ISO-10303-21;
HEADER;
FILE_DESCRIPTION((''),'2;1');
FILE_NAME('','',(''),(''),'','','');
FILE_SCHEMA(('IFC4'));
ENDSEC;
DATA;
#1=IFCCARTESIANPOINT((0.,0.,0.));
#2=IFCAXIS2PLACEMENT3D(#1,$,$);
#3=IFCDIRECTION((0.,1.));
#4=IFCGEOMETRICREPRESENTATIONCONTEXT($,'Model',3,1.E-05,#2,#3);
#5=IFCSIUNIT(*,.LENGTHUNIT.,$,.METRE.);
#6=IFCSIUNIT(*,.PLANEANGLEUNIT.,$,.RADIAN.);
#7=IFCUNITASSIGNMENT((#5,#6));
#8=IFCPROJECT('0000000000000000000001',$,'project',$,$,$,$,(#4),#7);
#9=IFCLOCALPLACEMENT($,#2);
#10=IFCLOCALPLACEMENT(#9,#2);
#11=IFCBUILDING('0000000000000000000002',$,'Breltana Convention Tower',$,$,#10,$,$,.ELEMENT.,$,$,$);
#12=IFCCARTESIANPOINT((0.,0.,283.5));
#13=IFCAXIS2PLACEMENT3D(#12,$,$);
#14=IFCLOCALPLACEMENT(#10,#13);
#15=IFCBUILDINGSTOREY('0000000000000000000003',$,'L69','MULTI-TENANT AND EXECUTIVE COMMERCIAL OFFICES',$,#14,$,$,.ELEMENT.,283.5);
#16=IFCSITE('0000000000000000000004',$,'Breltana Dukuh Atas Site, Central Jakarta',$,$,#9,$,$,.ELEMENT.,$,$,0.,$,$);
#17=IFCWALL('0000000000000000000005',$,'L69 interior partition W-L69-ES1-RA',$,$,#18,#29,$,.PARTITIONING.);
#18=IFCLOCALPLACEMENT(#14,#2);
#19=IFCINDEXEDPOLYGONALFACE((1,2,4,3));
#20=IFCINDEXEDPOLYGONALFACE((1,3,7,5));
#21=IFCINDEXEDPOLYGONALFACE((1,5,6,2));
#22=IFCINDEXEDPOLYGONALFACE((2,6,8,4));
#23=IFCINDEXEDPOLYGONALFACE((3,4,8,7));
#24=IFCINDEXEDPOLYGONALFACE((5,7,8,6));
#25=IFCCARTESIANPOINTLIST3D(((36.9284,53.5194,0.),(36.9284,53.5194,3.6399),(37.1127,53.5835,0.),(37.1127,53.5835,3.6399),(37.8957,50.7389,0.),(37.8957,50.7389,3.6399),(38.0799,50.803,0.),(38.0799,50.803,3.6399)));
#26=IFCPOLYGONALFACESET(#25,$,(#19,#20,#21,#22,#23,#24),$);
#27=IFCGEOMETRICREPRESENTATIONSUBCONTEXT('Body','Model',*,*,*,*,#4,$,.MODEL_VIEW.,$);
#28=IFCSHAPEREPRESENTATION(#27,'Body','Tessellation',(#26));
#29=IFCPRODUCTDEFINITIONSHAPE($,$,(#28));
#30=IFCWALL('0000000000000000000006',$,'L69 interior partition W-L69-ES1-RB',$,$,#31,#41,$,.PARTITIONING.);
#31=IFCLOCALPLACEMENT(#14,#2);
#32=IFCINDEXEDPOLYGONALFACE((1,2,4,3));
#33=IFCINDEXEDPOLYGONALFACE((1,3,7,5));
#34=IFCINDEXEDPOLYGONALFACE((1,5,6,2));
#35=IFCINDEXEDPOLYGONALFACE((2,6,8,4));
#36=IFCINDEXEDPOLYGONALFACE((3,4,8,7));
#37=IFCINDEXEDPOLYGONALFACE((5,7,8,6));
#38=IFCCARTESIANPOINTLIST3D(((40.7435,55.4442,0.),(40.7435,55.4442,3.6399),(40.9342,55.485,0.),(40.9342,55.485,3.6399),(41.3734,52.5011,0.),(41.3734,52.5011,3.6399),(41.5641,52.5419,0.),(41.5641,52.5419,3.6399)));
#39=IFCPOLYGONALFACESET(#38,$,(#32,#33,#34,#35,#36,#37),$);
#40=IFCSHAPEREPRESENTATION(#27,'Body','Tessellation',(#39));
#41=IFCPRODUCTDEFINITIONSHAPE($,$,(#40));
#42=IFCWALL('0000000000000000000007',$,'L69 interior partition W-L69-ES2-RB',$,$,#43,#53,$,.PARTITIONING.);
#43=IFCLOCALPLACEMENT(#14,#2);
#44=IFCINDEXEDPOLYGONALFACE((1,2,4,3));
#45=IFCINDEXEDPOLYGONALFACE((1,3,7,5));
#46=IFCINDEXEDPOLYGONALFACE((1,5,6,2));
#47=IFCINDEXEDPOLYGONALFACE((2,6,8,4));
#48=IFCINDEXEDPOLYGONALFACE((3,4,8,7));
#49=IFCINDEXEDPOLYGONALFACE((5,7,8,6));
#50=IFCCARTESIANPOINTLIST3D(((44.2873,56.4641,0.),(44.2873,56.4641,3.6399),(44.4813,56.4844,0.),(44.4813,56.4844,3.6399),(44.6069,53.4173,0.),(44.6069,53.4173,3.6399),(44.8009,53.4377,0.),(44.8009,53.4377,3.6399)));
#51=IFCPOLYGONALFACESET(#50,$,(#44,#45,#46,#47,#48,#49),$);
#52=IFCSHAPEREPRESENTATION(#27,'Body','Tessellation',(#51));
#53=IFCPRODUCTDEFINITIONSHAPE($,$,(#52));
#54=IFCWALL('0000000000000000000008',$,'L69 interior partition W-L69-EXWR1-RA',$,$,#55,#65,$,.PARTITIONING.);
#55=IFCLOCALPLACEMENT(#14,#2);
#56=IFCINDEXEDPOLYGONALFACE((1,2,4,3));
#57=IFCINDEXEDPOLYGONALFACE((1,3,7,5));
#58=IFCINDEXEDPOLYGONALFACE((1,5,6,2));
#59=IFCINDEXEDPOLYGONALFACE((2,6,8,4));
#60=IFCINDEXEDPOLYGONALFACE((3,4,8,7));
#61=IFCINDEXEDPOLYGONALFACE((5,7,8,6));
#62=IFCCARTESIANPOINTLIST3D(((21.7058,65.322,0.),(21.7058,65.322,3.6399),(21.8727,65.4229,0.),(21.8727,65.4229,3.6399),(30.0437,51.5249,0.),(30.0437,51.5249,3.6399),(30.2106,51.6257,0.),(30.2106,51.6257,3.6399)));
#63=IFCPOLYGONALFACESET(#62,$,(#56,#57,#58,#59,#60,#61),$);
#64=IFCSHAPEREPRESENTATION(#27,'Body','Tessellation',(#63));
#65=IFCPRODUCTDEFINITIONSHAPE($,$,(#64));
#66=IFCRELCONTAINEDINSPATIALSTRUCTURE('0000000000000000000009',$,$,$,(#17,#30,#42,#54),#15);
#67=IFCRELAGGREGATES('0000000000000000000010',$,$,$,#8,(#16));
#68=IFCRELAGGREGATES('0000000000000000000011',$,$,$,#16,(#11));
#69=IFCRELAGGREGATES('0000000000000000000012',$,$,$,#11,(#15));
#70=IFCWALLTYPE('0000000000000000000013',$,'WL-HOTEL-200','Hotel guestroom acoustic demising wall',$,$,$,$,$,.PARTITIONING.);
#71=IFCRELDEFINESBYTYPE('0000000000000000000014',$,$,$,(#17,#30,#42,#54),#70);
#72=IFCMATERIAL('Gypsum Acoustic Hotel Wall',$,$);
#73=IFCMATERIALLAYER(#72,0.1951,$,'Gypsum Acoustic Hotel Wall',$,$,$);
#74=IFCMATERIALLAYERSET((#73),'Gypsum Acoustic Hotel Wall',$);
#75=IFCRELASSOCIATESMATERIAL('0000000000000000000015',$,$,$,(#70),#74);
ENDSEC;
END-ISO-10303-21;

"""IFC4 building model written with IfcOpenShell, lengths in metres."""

from ifc_helpers import new_model, si_unit, direction, frame, frame_2d, origin, place, context, subcontext, project, spatial, rectangle, extrude, source, transform, mapped, material, layer, layer_set, type_object, element, save


model = new_model("IFC4")

# Units and contexts
model_context = context("Model", 3, precision=1e-05, world=origin(), true_north=direction((0.0, 1.0)))
body_context = subcontext(model_context, "Body", "Model", "MODEL_VIEW")
ifc_project = project(units=[si_unit("LENGTHUNIT", "METRE"), si_unit("PLANEANGLEUNIT", "RADIAN")], contexts=[model_context])

# Site, building, storey
site_placement = place(None, origin())
site = spatial("IfcSite", under=ifc_project, at=site_placement, Name="Breltana Dukuh Atas Site, Central Jakarta", CompositionType="ELEMENT", RefElevation=0.0)
building_placement = place(site_placement, origin())
building = spatial("IfcBuilding", under=site, at=building_placement, Name="Breltana Convention Tower", CompositionType="ELEMENT")
storey_placement = place(building_placement, frame((0.0, 0.0, 283.5)))
storey = spatial("IfcBuildingStorey", under=building, at=storey_placement, Name="L69", Description="MULTI-TENANT AND EXECUTIVE COMMERCIAL OFFICES", CompositionType="ELEMENT", Elevation=283.5)

# Walls
ifc_material_1 = material(Name="Gypsum Acoustic Hotel Wall")
ifc_layer_1 = layer(ifc_material_1, 0.1951, Name="Gypsum Acoustic Hotel Wall")
ifc_layer_set_1 = layer_set([ifc_layer_1], Name="Gypsum Acoustic Hotel Wall")
wall_type_1 = type_object("IfcWallType", Name="WL-HOTEL-200", Description="Hotel guestroom acoustic demising wall", PredefinedType="PARTITIONING", material=ifc_layer_set_1)
shared_shape_1 = source(origin(), body_context, "Body", "SweptSolid", [
    extrude(rectangle(XDim=2.9438, YDim=0.1951, at=frame_2d((1.4719, 0.0))), origin(), (0.0, 0.0, 1.0), 3.6399),
])
wall_1_placement = place(storey_placement, frame((37.9878, 50.771, 0.0), z_axis=(0.0, 0.0, 1.0), x_axis=(-0.328566, 0.944481, 0.0)))
element("IfcWall", 1, at=wall_1_placement, inside=storey, type_object=wall_type_1, Name="L69 interior partition W-L69-ES1-RA", PredefinedType="PARTITIONING", context=body_context, shape_type="MappedRepresentation", body=[
    mapped(shared_shape_1, transform((0.0, 0.0, 0.0), scale=1.0)),
])
shared_shape_2 = source(origin(), body_context, "Body", "SweptSolid", [
    extrude(rectangle(XDim=3.0098, YDim=0.1951, at=frame_2d((1.5049, 0.0))), origin(), (0.0, 0.0, 1.0), 3.6399),
])
wall_2_placement = place(storey_placement, frame((41.4688, 52.5215, 0.0), z_axis=(0.0, 0.0, 1.0), x_axis=(-0.20928, 0.977856, 0.0)))
element("IfcWall", 2, at=wall_2_placement, inside=storey, type_object=wall_type_1, Name="L69 interior partition W-L69-ES1-RB", PredefinedType="PARTITIONING", context=body_context, shape_type="MappedRepresentation", body=[
    mapped(shared_shape_2, transform((0.0, 0.0, 0.0), scale=1.0)),
])
shared_shape_3 = source(origin(), body_context, "Body", "SweptSolid", [
    extrude(rectangle(XDim=3.0635, YDim=0.1951, at=frame_2d((1.5317, 0.0))), origin(), (0.0, 0.0, 1.0), 3.6399),
])
wall_3_placement = place(storey_placement, frame((44.7039, 53.4275, 0.0), z_axis=(0.0, 0.0, 1.0), x_axis=(-0.104316, 0.994544, 0.0)))
element("IfcWall", 3, at=wall_3_placement, inside=storey, type_object=wall_type_1, Name="L69 interior partition W-L69-ES2-RB", PredefinedType="PARTITIONING", context=body_context, shape_type="MappedRepresentation", body=[
    mapped(shared_shape_3, transform((0.0, 0.0, 0.0), scale=1.0)),
])

# Wall
shared_shape_4 = source(origin(), body_context, "Body", "SweptSolid", [
    extrude(rectangle(XDim=16.1208, YDim=0.1951, at=frame_2d((8.0605, 0.0))), origin(), (0.0, 0.0, 1.0), 3.6399),
])
wall_4_placement = place(storey_placement, frame((30.1272, 51.5752, 0.0), z_axis=(0.0, 0.0, 1.0), x_axis=(-0.517212, 0.855857, 0.0)))
element("IfcWall", 4, at=wall_4_placement, inside=storey, type_object=wall_type_1, Name="L69 interior partition W-L69-EXWR1-RA", PredefinedType="PARTITIONING", context=body_context, shape_type="MappedRepresentation", body=[
    mapped(shared_shape_4, transform((0.0, 0.0, 0.0), scale=1.0)),
])

save(model, "model.ifc")
